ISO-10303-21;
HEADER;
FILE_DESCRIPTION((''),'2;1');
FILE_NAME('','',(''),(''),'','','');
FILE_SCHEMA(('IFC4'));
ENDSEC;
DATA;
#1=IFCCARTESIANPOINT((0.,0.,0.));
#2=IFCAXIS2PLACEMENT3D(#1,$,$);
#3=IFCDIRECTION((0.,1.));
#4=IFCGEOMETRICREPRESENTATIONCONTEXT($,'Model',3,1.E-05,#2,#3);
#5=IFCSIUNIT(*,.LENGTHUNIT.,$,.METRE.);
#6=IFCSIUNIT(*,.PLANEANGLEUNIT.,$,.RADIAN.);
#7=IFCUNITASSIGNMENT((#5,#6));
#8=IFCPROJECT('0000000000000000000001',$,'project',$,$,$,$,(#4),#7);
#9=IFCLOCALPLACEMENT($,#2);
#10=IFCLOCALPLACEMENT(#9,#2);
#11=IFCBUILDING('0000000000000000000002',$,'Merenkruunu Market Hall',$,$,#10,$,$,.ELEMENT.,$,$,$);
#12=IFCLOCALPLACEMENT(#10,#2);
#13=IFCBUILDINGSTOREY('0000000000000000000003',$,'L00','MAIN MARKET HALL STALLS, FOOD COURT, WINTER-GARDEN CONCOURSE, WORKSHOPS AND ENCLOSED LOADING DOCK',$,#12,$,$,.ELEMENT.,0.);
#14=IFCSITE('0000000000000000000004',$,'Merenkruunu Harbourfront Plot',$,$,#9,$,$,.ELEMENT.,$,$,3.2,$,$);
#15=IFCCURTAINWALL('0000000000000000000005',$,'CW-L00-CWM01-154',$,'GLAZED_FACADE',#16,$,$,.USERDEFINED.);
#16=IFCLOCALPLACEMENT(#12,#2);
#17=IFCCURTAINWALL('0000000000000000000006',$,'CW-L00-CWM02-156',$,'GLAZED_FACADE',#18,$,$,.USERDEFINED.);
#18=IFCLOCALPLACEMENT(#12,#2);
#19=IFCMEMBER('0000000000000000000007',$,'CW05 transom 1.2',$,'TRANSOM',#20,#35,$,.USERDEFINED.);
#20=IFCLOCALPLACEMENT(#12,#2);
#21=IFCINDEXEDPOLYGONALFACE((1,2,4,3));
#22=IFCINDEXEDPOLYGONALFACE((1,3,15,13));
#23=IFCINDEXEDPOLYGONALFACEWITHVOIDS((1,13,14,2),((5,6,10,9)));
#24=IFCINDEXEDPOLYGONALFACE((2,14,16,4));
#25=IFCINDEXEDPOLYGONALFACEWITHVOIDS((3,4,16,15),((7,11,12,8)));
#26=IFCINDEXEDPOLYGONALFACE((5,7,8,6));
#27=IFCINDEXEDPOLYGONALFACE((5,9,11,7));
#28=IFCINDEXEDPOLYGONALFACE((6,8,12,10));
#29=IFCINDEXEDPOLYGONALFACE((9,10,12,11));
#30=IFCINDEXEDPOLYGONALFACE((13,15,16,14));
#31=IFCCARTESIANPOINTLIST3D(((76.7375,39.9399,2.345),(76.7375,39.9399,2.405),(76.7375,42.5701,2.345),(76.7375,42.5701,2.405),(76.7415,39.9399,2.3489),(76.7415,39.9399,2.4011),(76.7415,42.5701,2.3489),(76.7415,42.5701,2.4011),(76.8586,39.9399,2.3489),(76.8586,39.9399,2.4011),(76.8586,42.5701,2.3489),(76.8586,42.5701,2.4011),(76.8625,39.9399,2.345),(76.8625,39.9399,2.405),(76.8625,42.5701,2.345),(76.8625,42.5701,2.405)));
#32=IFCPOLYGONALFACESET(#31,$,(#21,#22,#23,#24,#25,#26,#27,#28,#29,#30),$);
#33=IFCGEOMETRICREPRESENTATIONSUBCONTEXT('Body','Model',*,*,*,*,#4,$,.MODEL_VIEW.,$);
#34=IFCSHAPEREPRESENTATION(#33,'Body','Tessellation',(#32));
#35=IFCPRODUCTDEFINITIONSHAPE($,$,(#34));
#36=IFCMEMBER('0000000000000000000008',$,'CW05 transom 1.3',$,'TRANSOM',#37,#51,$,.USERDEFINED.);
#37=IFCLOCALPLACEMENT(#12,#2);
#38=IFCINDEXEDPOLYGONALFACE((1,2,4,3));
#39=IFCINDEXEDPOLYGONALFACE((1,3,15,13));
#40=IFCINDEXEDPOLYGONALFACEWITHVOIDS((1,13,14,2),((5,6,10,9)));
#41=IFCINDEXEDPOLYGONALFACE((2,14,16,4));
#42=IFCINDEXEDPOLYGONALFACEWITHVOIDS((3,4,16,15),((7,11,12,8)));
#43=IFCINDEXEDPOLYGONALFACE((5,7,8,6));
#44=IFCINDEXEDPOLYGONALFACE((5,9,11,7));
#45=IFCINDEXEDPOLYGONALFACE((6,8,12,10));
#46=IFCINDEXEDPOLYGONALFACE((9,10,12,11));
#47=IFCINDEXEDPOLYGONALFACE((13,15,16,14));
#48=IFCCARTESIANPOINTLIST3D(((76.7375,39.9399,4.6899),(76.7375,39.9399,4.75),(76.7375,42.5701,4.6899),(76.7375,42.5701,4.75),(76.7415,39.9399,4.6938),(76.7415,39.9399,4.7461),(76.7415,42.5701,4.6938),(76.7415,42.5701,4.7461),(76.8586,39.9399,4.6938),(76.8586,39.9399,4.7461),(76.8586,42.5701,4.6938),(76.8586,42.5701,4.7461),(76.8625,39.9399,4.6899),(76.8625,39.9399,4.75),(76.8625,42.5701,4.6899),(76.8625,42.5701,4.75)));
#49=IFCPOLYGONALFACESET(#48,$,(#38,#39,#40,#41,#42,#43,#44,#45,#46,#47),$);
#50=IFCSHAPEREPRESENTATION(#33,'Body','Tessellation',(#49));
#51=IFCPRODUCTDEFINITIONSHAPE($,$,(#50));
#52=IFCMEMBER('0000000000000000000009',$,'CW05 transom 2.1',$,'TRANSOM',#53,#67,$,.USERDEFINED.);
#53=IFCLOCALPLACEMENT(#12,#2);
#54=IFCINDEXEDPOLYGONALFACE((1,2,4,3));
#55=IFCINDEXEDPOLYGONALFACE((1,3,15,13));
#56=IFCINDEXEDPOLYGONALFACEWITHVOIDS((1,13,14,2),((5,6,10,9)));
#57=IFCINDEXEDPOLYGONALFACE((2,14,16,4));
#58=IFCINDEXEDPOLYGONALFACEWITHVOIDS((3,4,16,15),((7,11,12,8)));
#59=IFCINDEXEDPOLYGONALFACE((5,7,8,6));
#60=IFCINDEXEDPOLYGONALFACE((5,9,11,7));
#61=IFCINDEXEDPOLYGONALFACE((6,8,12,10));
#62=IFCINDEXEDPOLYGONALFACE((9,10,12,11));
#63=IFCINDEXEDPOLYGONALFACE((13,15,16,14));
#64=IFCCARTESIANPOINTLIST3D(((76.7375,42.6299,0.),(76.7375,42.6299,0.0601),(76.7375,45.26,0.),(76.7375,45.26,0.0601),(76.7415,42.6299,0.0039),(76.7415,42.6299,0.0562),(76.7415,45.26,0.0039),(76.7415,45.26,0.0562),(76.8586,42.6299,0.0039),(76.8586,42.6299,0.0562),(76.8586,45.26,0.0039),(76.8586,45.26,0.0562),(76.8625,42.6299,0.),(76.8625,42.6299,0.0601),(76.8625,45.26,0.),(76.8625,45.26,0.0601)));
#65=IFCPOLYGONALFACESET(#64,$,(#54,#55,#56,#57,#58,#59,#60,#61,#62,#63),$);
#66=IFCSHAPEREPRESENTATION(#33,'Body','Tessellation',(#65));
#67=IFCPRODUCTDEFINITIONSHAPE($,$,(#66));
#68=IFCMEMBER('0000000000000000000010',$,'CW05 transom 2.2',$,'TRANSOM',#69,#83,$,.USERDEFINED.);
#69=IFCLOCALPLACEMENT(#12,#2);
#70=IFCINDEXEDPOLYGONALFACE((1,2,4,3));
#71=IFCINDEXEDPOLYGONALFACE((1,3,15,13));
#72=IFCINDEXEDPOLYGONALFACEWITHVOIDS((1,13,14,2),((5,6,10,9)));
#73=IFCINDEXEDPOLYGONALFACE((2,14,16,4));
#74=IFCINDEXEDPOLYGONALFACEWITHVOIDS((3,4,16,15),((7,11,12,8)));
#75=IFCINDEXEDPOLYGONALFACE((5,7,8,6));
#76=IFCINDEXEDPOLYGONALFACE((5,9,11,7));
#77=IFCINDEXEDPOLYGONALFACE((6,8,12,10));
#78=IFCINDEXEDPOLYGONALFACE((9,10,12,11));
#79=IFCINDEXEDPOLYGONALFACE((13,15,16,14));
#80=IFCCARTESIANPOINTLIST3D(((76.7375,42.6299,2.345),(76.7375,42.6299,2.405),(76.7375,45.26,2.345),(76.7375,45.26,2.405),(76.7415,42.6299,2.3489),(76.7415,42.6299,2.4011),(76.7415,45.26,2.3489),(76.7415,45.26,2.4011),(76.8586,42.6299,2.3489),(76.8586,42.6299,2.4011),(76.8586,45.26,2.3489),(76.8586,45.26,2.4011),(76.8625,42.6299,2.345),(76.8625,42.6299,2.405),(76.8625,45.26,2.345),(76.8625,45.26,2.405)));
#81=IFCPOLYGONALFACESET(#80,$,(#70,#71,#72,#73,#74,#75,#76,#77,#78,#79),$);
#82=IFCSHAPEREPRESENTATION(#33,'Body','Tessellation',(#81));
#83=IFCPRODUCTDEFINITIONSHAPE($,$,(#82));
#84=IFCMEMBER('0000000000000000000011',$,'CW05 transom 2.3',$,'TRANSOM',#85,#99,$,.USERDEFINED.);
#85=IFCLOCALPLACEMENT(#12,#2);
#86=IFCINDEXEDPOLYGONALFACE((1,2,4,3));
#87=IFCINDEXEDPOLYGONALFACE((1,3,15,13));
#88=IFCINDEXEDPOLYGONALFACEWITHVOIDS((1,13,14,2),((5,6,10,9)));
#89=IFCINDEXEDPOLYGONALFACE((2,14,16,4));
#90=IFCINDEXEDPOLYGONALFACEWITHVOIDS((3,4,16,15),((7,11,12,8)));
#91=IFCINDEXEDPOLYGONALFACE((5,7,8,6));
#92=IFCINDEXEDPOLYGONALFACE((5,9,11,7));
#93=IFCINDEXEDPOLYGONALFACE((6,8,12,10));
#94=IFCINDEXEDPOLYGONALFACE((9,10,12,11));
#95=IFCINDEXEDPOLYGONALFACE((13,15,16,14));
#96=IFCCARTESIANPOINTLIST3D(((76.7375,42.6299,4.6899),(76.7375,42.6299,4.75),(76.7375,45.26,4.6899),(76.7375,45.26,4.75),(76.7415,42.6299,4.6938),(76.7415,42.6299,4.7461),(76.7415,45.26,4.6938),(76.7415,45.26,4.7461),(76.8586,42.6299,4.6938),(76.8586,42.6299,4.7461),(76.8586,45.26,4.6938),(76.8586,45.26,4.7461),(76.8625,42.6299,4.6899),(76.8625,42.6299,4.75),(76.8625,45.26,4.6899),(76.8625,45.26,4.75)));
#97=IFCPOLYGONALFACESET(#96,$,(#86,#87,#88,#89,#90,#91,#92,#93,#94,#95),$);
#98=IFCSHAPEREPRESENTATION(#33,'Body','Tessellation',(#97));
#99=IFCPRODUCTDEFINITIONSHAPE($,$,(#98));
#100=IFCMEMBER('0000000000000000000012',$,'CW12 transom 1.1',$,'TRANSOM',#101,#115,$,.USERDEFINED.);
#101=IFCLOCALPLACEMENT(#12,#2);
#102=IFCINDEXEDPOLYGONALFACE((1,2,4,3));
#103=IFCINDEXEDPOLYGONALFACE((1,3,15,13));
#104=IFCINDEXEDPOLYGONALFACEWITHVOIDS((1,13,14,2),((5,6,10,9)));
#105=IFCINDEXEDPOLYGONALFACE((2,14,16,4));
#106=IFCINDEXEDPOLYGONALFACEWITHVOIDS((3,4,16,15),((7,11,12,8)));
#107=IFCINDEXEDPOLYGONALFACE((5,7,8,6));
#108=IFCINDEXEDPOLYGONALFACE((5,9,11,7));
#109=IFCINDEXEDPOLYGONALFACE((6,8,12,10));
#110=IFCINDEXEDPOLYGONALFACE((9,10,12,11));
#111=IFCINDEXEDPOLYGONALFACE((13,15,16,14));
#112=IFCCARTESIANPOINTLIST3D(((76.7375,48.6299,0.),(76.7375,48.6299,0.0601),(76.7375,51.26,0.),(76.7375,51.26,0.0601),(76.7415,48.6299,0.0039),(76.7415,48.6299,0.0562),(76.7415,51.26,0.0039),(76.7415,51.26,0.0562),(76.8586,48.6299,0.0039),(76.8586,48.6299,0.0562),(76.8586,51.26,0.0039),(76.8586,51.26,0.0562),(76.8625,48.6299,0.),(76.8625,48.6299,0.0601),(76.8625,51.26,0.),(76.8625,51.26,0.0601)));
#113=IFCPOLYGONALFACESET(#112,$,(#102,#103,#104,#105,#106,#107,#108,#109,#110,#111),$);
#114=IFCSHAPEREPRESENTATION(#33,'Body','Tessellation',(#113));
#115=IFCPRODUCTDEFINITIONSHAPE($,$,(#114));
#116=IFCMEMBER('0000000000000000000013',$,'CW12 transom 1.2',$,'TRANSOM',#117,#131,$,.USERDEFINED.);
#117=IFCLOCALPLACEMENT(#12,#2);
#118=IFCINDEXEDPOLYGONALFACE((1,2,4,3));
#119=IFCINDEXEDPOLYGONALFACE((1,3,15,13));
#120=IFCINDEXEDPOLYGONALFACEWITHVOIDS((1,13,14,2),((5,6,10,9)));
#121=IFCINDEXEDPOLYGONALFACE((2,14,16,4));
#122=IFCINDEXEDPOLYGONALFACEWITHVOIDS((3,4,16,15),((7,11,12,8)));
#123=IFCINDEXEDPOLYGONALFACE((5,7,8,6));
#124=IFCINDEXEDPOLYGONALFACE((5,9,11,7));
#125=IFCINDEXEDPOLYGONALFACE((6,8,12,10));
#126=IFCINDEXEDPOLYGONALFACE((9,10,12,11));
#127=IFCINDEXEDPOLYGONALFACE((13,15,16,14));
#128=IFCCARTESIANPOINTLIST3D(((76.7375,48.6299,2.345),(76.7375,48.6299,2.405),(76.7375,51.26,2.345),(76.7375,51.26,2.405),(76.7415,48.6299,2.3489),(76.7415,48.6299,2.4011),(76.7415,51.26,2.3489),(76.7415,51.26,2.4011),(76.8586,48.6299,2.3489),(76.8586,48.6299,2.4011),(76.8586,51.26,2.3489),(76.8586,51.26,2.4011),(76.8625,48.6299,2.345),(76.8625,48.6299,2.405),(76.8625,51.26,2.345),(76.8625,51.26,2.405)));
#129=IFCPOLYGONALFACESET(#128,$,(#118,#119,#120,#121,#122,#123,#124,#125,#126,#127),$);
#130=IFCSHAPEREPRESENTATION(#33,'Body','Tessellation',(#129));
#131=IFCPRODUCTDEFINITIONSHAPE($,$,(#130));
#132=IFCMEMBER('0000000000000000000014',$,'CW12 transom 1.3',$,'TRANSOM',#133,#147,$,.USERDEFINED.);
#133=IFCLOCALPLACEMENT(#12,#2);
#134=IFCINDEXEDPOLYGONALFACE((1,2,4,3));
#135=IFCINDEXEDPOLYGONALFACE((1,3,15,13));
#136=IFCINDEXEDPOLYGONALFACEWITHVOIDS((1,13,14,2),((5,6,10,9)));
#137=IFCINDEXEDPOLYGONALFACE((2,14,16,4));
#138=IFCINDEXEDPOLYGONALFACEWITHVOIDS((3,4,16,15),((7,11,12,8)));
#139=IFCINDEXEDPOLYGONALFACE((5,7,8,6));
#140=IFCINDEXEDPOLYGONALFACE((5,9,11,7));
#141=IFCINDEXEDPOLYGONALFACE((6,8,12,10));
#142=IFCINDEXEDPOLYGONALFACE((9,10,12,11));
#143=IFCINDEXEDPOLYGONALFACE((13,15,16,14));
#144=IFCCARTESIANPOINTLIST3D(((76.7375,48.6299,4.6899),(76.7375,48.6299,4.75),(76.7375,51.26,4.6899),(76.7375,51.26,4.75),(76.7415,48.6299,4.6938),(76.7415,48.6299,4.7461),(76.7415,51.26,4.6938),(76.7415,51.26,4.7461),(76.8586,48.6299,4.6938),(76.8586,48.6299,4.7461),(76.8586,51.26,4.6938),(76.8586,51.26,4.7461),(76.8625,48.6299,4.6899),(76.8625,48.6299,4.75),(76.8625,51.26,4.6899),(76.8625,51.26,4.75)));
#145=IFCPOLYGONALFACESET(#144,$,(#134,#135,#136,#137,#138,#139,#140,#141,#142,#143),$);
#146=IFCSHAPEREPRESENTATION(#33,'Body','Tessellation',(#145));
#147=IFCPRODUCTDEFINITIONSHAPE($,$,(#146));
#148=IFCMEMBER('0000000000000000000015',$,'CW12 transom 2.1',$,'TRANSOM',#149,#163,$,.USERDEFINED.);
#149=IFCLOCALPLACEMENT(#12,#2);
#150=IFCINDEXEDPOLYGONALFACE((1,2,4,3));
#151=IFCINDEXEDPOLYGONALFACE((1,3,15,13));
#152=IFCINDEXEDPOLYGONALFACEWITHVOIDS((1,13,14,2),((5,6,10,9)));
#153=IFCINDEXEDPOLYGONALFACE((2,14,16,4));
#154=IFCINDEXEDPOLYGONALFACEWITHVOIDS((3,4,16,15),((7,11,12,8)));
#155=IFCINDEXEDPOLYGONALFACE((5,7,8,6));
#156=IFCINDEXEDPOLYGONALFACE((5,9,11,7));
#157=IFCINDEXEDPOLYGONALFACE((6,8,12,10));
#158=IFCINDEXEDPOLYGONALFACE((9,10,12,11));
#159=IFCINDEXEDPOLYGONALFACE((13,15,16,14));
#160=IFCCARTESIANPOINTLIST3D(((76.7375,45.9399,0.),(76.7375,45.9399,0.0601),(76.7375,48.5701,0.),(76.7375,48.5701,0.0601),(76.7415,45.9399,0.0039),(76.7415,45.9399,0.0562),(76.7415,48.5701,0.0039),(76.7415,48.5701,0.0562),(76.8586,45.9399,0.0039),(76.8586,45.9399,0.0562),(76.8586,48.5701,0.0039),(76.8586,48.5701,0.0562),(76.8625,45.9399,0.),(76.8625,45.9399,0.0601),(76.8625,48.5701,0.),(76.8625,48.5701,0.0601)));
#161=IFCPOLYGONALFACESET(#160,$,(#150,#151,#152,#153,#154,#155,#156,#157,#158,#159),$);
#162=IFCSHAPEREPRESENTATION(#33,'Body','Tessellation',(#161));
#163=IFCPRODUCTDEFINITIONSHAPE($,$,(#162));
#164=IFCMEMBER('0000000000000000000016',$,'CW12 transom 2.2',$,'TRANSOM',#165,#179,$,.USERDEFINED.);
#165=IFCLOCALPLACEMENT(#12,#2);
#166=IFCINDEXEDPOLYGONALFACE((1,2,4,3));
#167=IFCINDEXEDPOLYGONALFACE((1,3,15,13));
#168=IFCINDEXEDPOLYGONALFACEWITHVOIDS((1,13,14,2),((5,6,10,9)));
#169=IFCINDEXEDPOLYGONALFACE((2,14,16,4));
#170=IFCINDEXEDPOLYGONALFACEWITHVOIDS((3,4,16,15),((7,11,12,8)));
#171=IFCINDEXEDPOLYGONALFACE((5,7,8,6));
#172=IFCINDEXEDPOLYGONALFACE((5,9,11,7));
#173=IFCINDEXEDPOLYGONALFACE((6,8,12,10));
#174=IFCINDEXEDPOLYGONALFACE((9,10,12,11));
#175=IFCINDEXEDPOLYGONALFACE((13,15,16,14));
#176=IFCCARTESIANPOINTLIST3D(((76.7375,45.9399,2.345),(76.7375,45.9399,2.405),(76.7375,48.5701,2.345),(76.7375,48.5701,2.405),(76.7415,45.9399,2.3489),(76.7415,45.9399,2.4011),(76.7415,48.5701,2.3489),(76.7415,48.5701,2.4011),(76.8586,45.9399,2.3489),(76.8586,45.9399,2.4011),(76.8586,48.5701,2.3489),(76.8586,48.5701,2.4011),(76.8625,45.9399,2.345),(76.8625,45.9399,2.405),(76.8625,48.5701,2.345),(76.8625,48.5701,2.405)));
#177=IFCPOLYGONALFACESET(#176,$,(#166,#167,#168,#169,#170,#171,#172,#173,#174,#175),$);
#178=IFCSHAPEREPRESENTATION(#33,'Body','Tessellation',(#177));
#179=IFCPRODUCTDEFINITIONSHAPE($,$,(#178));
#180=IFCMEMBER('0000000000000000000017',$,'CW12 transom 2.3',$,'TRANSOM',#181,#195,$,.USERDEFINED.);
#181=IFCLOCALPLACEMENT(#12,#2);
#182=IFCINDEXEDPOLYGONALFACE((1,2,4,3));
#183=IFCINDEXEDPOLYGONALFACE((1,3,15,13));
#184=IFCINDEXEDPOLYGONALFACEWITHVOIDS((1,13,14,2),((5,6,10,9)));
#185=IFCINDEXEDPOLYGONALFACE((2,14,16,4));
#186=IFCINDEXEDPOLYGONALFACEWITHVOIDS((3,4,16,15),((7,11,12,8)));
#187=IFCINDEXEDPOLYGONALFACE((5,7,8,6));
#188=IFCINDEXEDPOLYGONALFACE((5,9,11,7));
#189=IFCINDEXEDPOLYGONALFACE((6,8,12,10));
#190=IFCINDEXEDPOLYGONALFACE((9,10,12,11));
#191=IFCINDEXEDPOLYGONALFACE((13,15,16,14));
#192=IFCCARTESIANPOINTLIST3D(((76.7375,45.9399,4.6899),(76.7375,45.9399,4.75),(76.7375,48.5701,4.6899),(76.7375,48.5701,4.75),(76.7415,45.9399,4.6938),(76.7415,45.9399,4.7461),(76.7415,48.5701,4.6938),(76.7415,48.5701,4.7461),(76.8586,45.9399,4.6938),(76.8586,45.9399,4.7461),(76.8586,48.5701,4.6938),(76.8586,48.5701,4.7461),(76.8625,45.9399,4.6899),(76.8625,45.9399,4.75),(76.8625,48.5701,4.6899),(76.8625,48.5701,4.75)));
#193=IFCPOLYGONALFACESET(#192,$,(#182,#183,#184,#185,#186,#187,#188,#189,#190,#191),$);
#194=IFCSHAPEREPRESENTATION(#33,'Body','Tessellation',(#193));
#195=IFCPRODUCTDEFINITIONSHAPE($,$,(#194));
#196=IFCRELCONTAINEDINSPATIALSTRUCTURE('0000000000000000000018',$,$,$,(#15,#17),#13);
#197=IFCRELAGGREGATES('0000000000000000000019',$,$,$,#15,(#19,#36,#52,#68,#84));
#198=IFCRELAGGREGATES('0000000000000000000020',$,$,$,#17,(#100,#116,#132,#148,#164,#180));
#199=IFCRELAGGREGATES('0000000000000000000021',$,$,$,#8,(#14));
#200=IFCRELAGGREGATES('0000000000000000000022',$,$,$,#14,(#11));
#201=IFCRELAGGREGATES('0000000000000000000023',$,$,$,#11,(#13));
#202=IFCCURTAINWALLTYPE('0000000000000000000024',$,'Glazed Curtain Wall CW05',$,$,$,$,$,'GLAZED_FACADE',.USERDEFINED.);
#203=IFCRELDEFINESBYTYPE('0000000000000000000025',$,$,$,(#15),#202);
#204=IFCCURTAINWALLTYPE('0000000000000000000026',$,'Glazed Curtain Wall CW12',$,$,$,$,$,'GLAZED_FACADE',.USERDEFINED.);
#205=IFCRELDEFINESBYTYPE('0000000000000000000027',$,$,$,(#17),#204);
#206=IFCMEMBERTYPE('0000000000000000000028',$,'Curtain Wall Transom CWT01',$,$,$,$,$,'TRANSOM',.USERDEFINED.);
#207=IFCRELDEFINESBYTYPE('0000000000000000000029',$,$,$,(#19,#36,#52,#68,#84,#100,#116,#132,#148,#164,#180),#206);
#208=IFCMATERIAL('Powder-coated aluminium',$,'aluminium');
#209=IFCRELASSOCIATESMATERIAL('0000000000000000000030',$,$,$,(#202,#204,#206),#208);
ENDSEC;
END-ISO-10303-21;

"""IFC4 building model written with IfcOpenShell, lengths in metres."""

from ifc_helpers import new_model, si_unit, direction, frame, origin, origin_2d, place, context, subcontext, project, spatial, hollow_rectangle, extrude, material, material_profile, profile_set, type_object, element, aggregate, save


model = new_model("IFC4")

# Units and contexts
model_context = context("Model", 3, precision=1e-05, world=origin(), true_north=direction((0.0, 1.0)))
body_context = subcontext(model_context, "Body", "Model", "MODEL_VIEW")
ifc_project = project(units=[si_unit("LENGTHUNIT", "METRE"), si_unit("PLANEANGLEUNIT", "RADIAN")], contexts=[model_context])

# Site, building, storey
site_placement = place(None, origin())
site = spatial("IfcSite", under=ifc_project, at=site_placement, Name="Merenkruunu Harbourfront Plot", CompositionType="ELEMENT", RefElevation=3.2)
building_placement = place(site_placement, origin())
building = spatial("IfcBuilding", under=site, at=building_placement, Name="Merenkruunu Market Hall", CompositionType="ELEMENT")
storey_placement = place(building_placement, origin())
storey = spatial("IfcBuildingStorey", under=building, at=storey_placement, Name="L00", Description="MAIN MARKET HALL STALLS, FOOD COURT, WINTER-GARDEN CONCOURSE, WORKSHOPS AND ENCLOSED LOADING DOCK", CompositionType="ELEMENT", Elevation=0.0)

# Curtain walls
ifc_material_1 = material(Name="Powder-coated aluminium", Category="aluminium")
curtain_wall_type_1 = type_object("IfcCurtainWallType", Name="Glazed Curtain Wall CW05", ElementType="GLAZED_FACADE", PredefinedType="USERDEFINED", material=ifc_material_1)
curtain_wall_1_placement = place(storey_placement, origin())
curtain_wall_1 = element("IfcCurtainWall", 1, at=curtain_wall_1_placement, inside=storey, type_object=curtain_wall_type_1, Name="CW-L00-CWM01-154", ObjectType="GLAZED_FACADE", PredefinedType="USERDEFINED")
curtain_wall_type_2 = type_object("IfcCurtainWallType", Name="Glazed Curtain Wall CW12", ElementType="GLAZED_FACADE", PredefinedType="USERDEFINED", material=ifc_material_1)
curtain_wall_2_placement = place(storey_placement, origin())
curtain_wall_2 = element("IfcCurtainWall", 2, at=curtain_wall_2_placement, inside=storey, type_object=curtain_wall_type_2, Name="CW-L00-CWM02-156", ObjectType="GLAZED_FACADE", PredefinedType="USERDEFINED")

# Members
ifc_material_profile_1 = material_profile(ifc_material_1, hollow_rectangle(XDim=0.0601, YDim=0.125, WallThickness=0.0039, at=origin_2d()), Name="ALU 60x125x4")
ifc_profile_set_1 = profile_set([ifc_material_profile_1], Name="Powder-coated aluminium")
member_type_1 = type_object("IfcMemberType", Name="Curtain Wall Transom CWT01", ElementType="TRANSOM", PredefinedType="USERDEFINED", material=ifc_profile_set_1)
member_1_placement = place(storey_placement, frame((76.8, 39.9399, 2.375), z_axis=(0.0, 1.0, 0.0), x_axis=(0.0, 0.0, 1.0)))
member_1 = element("IfcMember", 3, at=member_1_placement, type_object=member_type_1, Name="CW05 transom 1.2", ObjectType="TRANSOM", PredefinedType="USERDEFINED", context=body_context, shape_type="SweptSolid", body=[
    extrude(hollow_rectangle(XDim=0.0601, YDim=0.125, WallThickness=0.0039, at=origin_2d()), origin(), (0.0, 0.0, 1.0), 2.6301),
])
member_2_placement = place(storey_placement, frame((76.8, 39.9399, 4.72), z_axis=(0.0, 1.0, 0.0), x_axis=(0.0, 0.0, 1.0)))
member_2 = element("IfcMember", 4, at=member_2_placement, type_object=member_type_1, Name="CW05 transom 1.3", ObjectType="TRANSOM", PredefinedType="USERDEFINED", context=body_context, shape_type="SweptSolid", body=[
    extrude(hollow_rectangle(XDim=0.0601, YDim=0.125, WallThickness=0.0039, at=origin_2d()), origin(), (0.0, 0.0, 1.0), 2.6301),
])
member_3_placement = place(storey_placement, frame((76.8, 42.6299, 0.03), z_axis=(0.0, 1.0, 0.0), x_axis=(0.0, 0.0, 1.0)))
member_3 = element("IfcMember", 5, at=member_3_placement, type_object=member_type_1, Name="CW05 transom 2.1", ObjectType="TRANSOM", PredefinedType="USERDEFINED", context=body_context, shape_type="SweptSolid", body=[
    extrude(hollow_rectangle(XDim=0.0601, YDim=0.125, WallThickness=0.0039, at=origin_2d()), origin(), (0.0, 0.0, 1.0), 2.6301),
])
member_4_placement = place(storey_placement, frame((76.8, 42.6299, 2.375), z_axis=(0.0, 1.0, 0.0), x_axis=(0.0, 0.0, 1.0)))
member_4 = element("IfcMember", 6, at=member_4_placement, type_object=member_type_1, Name="CW05 transom 2.2", ObjectType="TRANSOM", PredefinedType="USERDEFINED", context=body_context, shape_type="SweptSolid", body=[
    extrude(hollow_rectangle(XDim=0.0601, YDim=0.125, WallThickness=0.0039, at=origin_2d()), origin(), (0.0, 0.0, 1.0), 2.6301),
])
member_5_placement = place(storey_placement, frame((76.8, 42.6299, 4.72), z_axis=(0.0, 1.0, 0.0), x_axis=(0.0, 0.0, 1.0)))
member_5 = element("IfcMember", 7, at=member_5_placement, type_object=member_type_1, Name="CW05 transom 2.3", ObjectType="TRANSOM", PredefinedType="USERDEFINED", context=body_context, shape_type="SweptSolid", body=[
    extrude(hollow_rectangle(XDim=0.0601, YDim=0.125, WallThickness=0.0039, at=origin_2d()), origin(), (0.0, 0.0, 1.0), 2.6301),
])
member_6_placement = place(storey_placement, frame((76.8, 51.26, 0.03), z_axis=(0.0, -1.0, 0.0), x_axis=(0.0, 0.0, 1.0)))
member_6 = element("IfcMember", 8, at=member_6_placement, type_object=member_type_1, Name="CW12 transom 1.1", ObjectType="TRANSOM", PredefinedType="USERDEFINED", context=body_context, shape_type="SweptSolid", body=[
    extrude(hollow_rectangle(XDim=0.0601, YDim=0.125, WallThickness=0.0039, at=origin_2d()), origin(), (0.0, 0.0, 1.0), 2.6301),
])
member_7_placement = place(storey_placement, frame((76.8, 51.26, 2.375), z_axis=(0.0, -1.0, 0.0), x_axis=(0.0, 0.0, 1.0)))
member_7 = element("IfcMember", 9, at=member_7_placement, type_object=member_type_1, Name="CW12 transom 1.2", ObjectType="TRANSOM", PredefinedType="USERDEFINED", context=body_context, shape_type="SweptSolid", body=[
    extrude(hollow_rectangle(XDim=0.0601, YDim=0.125, WallThickness=0.0039, at=origin_2d()), origin(), (0.0, 0.0, 1.0), 2.6301),
])
member_8_placement = place(storey_placement, frame((76.8, 51.26, 4.72), z_axis=(0.0, -1.0, 0.0), x_axis=(0.0, 0.0, 1.0)))
member_8 = element("IfcMember", 10, at=member_8_placement, type_object=member_type_1, Name="CW12 transom 1.3", ObjectType="TRANSOM", PredefinedType="USERDEFINED", context=body_context, shape_type="SweptSolid", body=[
    extrude(hollow_rectangle(XDim=0.0601, YDim=0.125, WallThickness=0.0039, at=origin_2d()), origin(), (0.0, 0.0, 1.0), 2.6301),
])
member_9_placement = place(storey_placement, frame((76.8, 48.5701, 0.03), z_axis=(0.0, -1.0, 0.0), x_axis=(0.0, 0.0, 1.0)))
member_9 = element("IfcMember", 11, at=member_9_placement, type_object=member_type_1, Name="CW12 transom 2.1", ObjectType="TRANSOM", PredefinedType="USERDEFINED", context=body_context, shape_type="SweptSolid", body=[
    extrude(hollow_rectangle(XDim=0.0601, YDim=0.125, WallThickness=0.0039, at=origin_2d()), origin(), (0.0, 0.0, 1.0), 2.6301),
])
member_10_placement = place(storey_placement, frame((76.8, 48.5701, 2.375), z_axis=(0.0, -1.0, 0.0), x_axis=(0.0, 0.0, 1.0)))
member_10 = element("IfcMember", 12, at=member_10_placement, type_object=member_type_1, Name="CW12 transom 2.2", ObjectType="TRANSOM", PredefinedType="USERDEFINED", context=body_context, shape_type="SweptSolid", body=[
    extrude(hollow_rectangle(XDim=0.0601, YDim=0.125, WallThickness=0.0039, at=origin_2d()), origin(), (0.0, 0.0, 1.0), 2.6301),
])
member_11_placement = place(storey_placement, frame((76.8, 48.5701, 4.72), z_axis=(0.0, -1.0, 0.0), x_axis=(0.0, 0.0, 1.0)))
member_11 = element("IfcMember", 13, at=member_11_placement, type_object=member_type_1, Name="CW12 transom 2.3", ObjectType="TRANSOM", PredefinedType="USERDEFINED", context=body_context, shape_type="SweptSolid", body=[
    extrude(hollow_rectangle(XDim=0.0601, YDim=0.125, WallThickness=0.0039, at=origin_2d()), origin(), (0.0, 0.0, 1.0), 2.6301),
])

aggregate(curtain_wall_1, [member_1, member_2, member_3, member_4, member_5])
aggregate(curtain_wall_2, [member_6, member_7, member_8, member_9, member_10, member_11])

save(model, "model.ifc")
